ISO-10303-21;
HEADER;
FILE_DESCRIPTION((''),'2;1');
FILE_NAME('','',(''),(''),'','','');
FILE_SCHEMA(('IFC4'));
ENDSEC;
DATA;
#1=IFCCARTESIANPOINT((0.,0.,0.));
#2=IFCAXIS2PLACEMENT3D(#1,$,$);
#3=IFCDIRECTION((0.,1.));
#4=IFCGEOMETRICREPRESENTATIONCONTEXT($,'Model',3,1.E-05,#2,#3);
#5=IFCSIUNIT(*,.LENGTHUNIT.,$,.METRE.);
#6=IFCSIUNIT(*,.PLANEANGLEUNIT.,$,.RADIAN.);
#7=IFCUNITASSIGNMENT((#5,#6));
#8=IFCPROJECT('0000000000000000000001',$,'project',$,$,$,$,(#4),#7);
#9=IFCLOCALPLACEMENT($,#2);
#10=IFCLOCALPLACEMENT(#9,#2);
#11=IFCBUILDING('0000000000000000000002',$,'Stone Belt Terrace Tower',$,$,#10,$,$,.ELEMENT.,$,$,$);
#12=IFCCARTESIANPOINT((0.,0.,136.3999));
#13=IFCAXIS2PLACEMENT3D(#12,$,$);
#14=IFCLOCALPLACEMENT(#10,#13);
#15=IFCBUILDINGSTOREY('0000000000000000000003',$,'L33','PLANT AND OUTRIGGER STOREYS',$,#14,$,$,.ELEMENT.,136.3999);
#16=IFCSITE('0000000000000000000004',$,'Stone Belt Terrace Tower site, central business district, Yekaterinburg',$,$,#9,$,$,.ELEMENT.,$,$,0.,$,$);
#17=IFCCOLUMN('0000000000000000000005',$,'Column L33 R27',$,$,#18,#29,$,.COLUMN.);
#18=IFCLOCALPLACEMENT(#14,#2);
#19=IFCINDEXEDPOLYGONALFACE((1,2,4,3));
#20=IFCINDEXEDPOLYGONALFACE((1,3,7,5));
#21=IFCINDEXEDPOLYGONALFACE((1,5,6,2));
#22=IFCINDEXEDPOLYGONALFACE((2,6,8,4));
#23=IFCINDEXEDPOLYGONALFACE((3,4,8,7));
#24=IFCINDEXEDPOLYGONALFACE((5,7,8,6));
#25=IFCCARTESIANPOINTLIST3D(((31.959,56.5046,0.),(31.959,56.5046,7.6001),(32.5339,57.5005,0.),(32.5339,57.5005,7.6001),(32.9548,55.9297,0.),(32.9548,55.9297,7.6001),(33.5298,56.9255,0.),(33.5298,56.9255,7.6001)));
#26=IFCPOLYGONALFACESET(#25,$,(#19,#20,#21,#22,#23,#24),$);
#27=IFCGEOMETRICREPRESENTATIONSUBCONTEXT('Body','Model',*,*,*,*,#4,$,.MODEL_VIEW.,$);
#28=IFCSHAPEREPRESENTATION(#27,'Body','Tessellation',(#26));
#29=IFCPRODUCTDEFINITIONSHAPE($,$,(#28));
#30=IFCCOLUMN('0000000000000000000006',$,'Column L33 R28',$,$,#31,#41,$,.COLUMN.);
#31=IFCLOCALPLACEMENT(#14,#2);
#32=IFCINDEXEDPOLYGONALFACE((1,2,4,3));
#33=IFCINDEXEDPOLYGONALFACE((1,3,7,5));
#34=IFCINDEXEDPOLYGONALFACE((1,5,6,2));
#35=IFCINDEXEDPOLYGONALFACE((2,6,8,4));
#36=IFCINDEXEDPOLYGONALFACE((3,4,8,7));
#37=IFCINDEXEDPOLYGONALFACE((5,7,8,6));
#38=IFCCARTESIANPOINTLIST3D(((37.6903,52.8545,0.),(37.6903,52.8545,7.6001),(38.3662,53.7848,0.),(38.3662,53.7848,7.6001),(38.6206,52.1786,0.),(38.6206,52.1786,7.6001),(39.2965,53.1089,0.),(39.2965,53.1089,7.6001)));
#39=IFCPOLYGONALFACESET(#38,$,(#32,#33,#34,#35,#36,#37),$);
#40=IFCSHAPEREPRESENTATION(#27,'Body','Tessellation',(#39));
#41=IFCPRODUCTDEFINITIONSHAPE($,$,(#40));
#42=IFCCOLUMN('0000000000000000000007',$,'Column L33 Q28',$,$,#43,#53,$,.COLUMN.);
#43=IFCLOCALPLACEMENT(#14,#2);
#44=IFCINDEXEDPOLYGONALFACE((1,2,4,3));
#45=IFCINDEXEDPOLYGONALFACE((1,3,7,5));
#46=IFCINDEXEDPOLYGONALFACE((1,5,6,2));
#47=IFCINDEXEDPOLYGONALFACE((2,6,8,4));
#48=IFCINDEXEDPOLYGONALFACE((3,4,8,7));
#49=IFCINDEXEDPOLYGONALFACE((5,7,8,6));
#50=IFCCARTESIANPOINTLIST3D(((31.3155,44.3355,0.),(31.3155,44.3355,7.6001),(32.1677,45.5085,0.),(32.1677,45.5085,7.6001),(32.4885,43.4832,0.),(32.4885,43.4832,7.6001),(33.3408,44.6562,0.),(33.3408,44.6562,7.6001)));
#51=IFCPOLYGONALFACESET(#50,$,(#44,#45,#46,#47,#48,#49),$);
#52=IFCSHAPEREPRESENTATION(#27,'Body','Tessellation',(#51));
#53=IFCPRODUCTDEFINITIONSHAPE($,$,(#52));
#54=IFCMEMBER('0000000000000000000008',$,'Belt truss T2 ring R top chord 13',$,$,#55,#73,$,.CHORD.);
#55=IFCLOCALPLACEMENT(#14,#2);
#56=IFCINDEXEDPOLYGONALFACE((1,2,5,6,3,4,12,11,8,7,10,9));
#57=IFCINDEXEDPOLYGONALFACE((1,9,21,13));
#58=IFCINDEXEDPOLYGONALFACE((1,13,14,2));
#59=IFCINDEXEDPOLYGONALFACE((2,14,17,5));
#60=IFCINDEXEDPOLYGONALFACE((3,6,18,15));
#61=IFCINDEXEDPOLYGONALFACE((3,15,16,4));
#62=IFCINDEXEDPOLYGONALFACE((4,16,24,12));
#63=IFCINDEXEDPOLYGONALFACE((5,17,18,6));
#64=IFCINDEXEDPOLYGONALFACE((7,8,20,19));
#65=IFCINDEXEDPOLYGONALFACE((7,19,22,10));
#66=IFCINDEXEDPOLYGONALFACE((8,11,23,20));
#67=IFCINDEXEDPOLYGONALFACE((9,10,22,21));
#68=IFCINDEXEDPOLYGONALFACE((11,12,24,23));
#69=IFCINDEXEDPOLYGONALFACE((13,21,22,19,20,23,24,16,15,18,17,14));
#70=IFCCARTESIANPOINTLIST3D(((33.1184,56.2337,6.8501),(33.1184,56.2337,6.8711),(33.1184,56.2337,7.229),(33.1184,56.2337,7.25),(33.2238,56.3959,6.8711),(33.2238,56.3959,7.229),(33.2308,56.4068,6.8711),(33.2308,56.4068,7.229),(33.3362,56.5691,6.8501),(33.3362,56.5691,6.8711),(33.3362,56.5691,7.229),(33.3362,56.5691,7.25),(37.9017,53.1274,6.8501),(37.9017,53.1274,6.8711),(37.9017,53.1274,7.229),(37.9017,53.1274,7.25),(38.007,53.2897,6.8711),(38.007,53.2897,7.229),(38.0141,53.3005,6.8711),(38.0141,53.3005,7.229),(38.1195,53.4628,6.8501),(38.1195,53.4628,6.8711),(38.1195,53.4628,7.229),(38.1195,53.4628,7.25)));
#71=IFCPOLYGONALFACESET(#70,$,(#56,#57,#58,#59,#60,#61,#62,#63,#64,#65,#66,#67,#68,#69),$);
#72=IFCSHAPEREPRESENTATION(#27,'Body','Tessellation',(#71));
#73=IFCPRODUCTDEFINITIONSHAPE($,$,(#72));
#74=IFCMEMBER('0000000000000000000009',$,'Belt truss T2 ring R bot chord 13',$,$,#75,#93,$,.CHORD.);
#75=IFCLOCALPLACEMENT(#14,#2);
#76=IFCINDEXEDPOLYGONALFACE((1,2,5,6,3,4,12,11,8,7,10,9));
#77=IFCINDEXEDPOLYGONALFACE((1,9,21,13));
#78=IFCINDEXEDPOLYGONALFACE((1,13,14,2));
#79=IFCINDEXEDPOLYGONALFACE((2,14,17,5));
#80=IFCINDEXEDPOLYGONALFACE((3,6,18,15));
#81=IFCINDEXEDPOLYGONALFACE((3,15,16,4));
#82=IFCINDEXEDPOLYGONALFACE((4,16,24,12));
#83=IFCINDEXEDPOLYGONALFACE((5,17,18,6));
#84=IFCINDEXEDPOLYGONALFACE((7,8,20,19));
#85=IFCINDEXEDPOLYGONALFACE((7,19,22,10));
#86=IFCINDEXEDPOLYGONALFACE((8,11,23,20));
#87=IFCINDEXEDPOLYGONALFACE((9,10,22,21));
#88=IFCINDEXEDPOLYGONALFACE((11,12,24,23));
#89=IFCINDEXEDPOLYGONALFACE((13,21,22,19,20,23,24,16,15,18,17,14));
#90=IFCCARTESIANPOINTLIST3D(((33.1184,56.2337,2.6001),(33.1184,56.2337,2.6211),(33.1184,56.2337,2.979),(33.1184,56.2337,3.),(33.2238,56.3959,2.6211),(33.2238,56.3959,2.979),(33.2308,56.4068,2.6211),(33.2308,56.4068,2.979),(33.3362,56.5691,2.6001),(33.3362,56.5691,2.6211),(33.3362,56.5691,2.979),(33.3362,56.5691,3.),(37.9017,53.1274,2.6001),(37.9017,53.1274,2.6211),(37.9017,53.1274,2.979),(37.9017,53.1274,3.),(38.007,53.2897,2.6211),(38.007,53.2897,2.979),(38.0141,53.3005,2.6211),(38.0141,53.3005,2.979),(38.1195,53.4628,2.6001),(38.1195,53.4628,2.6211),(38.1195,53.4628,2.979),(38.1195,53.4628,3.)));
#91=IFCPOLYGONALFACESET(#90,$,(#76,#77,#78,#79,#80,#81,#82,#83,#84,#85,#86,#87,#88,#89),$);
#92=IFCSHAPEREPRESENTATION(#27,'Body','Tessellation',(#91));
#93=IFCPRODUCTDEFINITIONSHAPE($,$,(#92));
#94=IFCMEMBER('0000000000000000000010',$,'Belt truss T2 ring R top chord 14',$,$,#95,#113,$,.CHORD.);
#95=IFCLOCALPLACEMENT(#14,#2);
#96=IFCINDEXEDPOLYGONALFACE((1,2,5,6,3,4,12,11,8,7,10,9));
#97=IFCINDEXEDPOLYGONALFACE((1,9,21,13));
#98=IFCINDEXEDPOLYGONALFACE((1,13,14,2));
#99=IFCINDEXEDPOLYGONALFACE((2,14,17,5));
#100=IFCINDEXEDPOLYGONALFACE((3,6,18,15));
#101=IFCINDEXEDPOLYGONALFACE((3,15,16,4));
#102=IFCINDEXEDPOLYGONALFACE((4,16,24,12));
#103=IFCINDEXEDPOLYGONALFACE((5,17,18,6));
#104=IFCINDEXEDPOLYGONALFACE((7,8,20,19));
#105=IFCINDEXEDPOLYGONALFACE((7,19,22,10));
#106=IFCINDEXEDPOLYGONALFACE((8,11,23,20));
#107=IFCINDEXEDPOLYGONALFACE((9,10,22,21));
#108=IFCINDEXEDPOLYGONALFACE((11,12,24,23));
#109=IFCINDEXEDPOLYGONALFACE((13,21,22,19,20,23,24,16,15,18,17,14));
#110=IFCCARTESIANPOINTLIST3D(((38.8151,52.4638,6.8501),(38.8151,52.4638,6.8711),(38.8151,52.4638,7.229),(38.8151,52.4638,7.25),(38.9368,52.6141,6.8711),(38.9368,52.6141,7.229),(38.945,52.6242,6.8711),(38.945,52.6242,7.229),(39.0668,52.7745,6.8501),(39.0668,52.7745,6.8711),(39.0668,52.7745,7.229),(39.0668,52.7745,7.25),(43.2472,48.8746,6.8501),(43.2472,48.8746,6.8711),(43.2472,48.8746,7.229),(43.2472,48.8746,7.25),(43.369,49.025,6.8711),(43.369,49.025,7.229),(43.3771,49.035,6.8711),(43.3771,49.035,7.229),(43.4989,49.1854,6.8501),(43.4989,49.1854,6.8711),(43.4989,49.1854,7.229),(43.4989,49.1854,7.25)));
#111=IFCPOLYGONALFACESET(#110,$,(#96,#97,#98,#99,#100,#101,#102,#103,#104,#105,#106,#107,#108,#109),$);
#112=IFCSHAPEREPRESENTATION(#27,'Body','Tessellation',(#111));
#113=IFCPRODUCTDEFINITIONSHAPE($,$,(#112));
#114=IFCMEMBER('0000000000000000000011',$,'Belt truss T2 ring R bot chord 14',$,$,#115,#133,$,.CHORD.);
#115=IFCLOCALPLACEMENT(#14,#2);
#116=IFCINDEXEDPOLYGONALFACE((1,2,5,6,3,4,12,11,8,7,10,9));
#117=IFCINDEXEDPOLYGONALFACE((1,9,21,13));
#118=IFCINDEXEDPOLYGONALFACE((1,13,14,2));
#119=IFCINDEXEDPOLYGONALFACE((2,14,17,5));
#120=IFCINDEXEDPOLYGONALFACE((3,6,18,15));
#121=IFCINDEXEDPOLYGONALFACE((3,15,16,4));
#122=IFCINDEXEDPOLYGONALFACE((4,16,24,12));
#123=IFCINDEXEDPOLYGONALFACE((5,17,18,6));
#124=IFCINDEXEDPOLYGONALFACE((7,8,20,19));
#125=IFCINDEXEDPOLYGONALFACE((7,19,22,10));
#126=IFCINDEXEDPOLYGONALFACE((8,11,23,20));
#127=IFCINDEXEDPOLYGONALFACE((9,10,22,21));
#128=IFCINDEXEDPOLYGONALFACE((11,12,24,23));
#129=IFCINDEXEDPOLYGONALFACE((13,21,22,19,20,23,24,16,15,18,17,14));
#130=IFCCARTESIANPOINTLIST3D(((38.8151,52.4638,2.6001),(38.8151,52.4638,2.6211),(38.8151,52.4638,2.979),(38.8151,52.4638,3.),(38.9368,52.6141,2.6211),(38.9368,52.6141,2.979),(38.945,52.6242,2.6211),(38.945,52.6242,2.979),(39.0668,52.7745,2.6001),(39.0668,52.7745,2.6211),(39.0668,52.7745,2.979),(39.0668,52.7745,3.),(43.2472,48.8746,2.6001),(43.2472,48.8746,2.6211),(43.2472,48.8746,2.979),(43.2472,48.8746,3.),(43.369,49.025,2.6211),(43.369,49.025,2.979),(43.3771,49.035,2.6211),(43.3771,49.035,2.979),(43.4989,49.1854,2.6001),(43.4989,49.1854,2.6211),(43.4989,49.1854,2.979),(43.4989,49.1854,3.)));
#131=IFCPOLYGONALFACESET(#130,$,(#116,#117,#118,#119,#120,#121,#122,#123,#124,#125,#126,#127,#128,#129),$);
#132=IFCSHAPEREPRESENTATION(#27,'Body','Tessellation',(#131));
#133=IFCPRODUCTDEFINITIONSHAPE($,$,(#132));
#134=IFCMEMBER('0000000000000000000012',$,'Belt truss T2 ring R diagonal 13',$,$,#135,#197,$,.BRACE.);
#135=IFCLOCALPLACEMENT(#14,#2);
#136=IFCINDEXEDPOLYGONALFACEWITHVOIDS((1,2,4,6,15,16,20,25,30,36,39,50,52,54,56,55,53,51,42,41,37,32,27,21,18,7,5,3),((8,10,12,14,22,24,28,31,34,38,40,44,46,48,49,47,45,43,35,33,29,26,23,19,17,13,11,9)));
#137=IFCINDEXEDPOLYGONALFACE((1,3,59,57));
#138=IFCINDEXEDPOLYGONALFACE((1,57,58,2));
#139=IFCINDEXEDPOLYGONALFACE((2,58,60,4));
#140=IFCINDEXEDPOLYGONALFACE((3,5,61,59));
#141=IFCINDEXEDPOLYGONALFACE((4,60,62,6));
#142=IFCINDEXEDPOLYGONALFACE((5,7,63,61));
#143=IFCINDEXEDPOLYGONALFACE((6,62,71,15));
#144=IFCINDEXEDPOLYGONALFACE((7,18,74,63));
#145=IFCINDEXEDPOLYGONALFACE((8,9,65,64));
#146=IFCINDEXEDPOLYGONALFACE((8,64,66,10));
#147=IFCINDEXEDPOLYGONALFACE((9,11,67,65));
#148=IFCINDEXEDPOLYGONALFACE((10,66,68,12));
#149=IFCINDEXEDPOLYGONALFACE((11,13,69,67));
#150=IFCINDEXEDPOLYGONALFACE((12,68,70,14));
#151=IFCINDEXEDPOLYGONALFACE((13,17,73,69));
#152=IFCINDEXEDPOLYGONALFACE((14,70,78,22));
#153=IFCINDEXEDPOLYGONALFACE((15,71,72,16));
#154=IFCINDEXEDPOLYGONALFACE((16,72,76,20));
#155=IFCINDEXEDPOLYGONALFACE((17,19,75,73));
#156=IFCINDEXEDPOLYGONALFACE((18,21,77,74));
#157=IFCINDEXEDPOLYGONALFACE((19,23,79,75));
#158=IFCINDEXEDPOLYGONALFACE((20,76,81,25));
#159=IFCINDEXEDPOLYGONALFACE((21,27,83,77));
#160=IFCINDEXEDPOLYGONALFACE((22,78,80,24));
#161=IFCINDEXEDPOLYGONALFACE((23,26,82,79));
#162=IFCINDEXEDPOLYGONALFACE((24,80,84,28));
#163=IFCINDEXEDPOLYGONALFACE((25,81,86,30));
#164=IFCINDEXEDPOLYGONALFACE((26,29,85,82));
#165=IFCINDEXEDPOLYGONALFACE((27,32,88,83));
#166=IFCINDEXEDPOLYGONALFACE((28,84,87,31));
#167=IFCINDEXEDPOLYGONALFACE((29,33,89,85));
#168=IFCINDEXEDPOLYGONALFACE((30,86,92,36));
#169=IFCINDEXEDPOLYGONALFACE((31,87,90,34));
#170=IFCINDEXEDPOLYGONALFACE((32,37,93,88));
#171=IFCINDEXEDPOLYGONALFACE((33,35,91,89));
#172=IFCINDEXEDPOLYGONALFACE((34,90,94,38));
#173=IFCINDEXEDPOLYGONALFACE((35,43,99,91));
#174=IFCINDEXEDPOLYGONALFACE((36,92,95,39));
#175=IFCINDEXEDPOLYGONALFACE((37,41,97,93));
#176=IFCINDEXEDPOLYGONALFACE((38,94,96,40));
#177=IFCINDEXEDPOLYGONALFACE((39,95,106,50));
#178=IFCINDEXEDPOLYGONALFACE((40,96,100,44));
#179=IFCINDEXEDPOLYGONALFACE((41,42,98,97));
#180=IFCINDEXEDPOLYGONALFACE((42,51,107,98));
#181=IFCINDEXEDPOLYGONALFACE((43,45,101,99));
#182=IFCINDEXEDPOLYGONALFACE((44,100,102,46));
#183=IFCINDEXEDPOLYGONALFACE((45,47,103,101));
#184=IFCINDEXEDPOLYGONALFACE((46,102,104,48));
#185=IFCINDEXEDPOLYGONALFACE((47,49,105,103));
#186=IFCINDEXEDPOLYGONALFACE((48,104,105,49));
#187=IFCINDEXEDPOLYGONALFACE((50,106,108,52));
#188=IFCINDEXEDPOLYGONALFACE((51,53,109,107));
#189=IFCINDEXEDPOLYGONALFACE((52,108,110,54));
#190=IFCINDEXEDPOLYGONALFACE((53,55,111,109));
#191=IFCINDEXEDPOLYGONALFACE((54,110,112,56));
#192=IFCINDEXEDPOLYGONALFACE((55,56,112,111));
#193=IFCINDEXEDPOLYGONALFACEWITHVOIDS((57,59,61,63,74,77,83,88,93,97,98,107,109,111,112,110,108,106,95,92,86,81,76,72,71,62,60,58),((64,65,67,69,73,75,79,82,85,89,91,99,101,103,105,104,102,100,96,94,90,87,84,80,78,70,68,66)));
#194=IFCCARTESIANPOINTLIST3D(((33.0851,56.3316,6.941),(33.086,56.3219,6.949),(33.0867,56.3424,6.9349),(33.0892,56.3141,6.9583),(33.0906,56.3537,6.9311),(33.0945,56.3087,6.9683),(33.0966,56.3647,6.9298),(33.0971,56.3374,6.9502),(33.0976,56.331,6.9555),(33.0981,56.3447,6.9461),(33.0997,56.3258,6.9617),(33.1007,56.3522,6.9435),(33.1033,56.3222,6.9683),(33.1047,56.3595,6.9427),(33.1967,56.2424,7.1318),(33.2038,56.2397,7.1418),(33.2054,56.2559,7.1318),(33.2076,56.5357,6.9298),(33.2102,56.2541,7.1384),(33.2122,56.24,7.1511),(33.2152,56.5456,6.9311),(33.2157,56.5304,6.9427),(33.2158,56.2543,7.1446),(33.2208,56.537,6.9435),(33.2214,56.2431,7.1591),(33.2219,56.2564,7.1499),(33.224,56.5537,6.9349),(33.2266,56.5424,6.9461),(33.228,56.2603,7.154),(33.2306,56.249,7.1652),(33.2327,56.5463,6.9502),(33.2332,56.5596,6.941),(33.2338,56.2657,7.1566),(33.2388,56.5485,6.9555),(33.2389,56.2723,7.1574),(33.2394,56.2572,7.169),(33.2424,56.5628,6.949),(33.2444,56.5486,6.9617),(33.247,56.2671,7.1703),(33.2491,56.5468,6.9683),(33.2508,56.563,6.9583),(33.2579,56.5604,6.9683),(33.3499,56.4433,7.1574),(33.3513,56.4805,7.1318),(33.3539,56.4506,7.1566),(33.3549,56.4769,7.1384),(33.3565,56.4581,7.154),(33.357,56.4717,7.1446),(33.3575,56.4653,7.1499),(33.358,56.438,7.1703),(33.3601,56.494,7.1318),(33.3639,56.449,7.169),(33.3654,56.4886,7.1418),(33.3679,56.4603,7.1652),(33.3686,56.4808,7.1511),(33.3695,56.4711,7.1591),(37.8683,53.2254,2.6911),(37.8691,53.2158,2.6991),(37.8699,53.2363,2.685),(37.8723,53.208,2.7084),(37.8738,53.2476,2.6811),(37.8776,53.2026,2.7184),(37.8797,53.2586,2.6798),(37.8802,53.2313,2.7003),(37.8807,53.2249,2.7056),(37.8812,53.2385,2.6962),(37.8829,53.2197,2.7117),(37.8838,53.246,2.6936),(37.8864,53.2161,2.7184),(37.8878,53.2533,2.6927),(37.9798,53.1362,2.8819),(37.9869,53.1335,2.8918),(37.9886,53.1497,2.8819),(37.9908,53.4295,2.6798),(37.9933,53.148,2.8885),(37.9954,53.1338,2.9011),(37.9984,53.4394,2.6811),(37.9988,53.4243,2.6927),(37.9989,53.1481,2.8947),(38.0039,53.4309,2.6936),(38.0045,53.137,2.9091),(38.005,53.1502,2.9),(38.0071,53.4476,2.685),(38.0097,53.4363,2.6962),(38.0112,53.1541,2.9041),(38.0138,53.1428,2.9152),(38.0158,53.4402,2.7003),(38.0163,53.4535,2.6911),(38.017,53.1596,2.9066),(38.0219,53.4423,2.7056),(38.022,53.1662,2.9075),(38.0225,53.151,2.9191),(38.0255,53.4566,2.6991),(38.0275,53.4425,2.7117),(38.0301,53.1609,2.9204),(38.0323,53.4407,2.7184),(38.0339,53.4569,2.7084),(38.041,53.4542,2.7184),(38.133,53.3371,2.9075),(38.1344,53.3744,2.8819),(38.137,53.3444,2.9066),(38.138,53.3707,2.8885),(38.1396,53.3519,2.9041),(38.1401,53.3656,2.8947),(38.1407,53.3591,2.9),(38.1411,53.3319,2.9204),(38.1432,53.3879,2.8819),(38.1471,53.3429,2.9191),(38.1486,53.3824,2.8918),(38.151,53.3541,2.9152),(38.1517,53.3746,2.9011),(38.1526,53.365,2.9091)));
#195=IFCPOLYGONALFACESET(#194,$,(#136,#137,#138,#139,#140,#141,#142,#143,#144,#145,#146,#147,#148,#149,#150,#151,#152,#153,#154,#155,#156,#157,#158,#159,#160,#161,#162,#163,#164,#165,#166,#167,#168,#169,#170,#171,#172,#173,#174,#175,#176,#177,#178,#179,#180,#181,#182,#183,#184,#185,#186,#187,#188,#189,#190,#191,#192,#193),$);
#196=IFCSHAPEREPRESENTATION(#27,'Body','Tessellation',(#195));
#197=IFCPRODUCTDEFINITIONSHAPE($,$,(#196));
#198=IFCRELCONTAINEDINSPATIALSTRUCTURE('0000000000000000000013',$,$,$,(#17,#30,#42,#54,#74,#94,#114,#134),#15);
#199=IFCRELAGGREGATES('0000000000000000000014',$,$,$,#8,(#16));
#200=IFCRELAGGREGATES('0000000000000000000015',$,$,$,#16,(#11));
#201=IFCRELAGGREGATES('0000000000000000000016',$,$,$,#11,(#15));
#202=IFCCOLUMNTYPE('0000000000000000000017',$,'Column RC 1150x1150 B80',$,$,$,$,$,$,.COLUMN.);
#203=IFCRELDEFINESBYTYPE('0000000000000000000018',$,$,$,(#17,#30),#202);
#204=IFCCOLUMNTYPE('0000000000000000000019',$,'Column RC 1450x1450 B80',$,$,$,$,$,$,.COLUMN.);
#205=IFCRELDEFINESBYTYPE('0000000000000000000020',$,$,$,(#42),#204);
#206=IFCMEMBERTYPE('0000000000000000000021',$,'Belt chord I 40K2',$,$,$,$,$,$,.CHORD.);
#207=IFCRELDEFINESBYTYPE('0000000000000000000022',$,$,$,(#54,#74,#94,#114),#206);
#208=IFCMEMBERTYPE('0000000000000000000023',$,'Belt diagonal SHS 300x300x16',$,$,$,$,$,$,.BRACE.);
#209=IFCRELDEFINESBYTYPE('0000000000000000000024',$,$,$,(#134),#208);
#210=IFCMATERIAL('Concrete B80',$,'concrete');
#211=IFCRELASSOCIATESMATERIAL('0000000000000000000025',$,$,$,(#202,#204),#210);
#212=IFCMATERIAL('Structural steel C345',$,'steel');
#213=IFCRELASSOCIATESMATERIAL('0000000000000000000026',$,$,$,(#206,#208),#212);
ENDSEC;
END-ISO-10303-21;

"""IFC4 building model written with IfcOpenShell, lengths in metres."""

from ifc_helpers import new_model, si_unit, direction, frame, origin, origin_2d, place, context, subcontext, project, spatial, rectangle, hollow_rectangle, i_section, extrude, material, material_profile, profile_set, type_object, element, save


model = new_model("IFC4")

# Units and contexts
model_context = context("Model", 3, precision=1e-05, world=origin(), true_north=direction((0.0, 1.0)))
body_context = subcontext(model_context, "Body", "Model", "MODEL_VIEW")
ifc_project = project(units=[si_unit("LENGTHUNIT", "METRE"), si_unit("PLANEANGLEUNIT", "RADIAN")], contexts=[model_context])

# Site, building, storey
site_placement = place(None, origin())
site = spatial("IfcSite", under=ifc_project, at=site_placement, Name="Stone Belt Terrace Tower site, central business district, Yekaterinburg", CompositionType="ELEMENT", RefElevation=0.0)
building_placement = place(site_placement, origin())
building = spatial("IfcBuilding", under=site, at=building_placement, Name="Stone Belt Terrace Tower", CompositionType="ELEMENT")
storey_placement = place(building_placement, frame((0.0, 0.0, 136.3999)))
storey = spatial("IfcBuildingStorey", under=building, at=storey_placement, Name="L33", Description="PLANT AND OUTRIGGER STOREYS", CompositionType="ELEMENT", Elevation=136.3999)

# Columns
ifc_material_1 = material(Name="Concrete B80", Category="concrete")
ifc_material_profile_1 = material_profile(ifc_material_1, rectangle(XDim=1.1499, YDim=1.1499, at=origin_2d()), Name="RC 1150x1150")
ifc_profile_set_1 = profile_set([ifc_material_profile_1], Name="Concrete B80")
column_type_1 = type_object("IfcColumnType", Name="Column RC 1150x1150 B80", PredefinedType="COLUMN", material=ifc_profile_set_1)
for number, where, z_axis, x_axis, name in (
    (1, (32.7444, 56.7151, 0.0), (0.0, 0.0, 1.0), (0.866025, -0.5, 0.0), "Column L33 R27"),
    (2, (38.4934, 52.9817, 0.0), (0.0, 0.0, 1.0), (0.809017, -0.587785, 0.0), "Column L33 R28"),
):
    element("IfcColumn", number, at=place(storey_placement, frame(where, z_axis=z_axis, x_axis=x_axis)), inside=storey, type_object=column_type_1, Name=name, PredefinedType="COLUMN", context=body_context, shape_type="SweptSolid", body=[
        extrude(rectangle(XDim=1.1499, YDim=1.1499, at=origin_2d()), origin(), (0.0, 0.0, 1.0), 7.6001),
    ])
ifc_material_profile_2 = material_profile(ifc_material_1, rectangle(XDim=1.45, YDim=1.45, at=origin_2d()), Name="RC 1450x1450")
ifc_profile_set_2 = profile_set([ifc_material_profile_2], Name="Concrete B80")
column_type_2 = type_object("IfcColumnType", Name="Column RC 1450x1450 B80", PredefinedType="COLUMN", material=ifc_profile_set_2)
column_placement = place(storey_placement, frame((32.3281, 44.4958, 0.0), z_axis=(0.0, 0.0, 1.0), x_axis=(0.809017, -0.587785, 0.0)))
element("IfcColumn", 3, at=column_placement, inside=storey, type_object=column_type_2, Name="Column L33 Q28", PredefinedType="COLUMN", context=body_context, shape_type="SweptSolid", body=[
    extrude(rectangle(XDim=1.45, YDim=1.45, at=origin_2d()), origin(), (0.0, 0.0, 1.0), 7.6001),
])

# Members
ifc_material_2 = material(Name="Structural steel C345", Category="steel")
ifc_material_profile_3 = material_profile(ifc_material_2, i_section(OverallWidth=0.3999, OverallDepth=0.3999, WebThickness=0.0129, FlangeThickness=0.021, at=origin_2d()), Name="I 40K2")
ifc_profile_set_3 = profile_set([ifc_material_profile_3], Name="Structural steel C345")
member_type_1 = type_object("IfcMemberType", Name="Belt chord I 40K2", PredefinedType="CHORD", material=ifc_profile_set_3)
for number, where, z_axis, x_axis, name in (
    (4, (33.2273, 56.4014, 7.05), (0.838674, -0.544633, 0.0), (0.544633, 0.838674, 0.0), "Belt truss T2 ring R top chord 13"),
    (5, (33.2273, 56.4014, 2.8), (0.838674, -0.544633, 0.0), (0.544633, 0.838674, 0.0), "Belt truss T2 ring R bot chord 13"),
):
    element("IfcMember", number, at=place(storey_placement, frame(where, z_axis=z_axis, x_axis=x_axis)), inside=storey, type_object=member_type_1, Name=name, PredefinedType="CHORD", context=body_context, shape_type="SweptSolid", body=[
        extrude(i_section(OverallWidth=0.3999, OverallDepth=0.3999, WebThickness=0.0129, FlangeThickness=0.021, at=origin_2d()), origin(), (0.0, 0.0, 1.0), 5.7034),
    ])
for number, where, z_axis, x_axis, name in (
    (6, (38.9409, 52.6191, 7.05), (0.777142, -0.629325, 0.0), (0.629325, 0.777142, 0.0), "Belt truss T2 ring R top chord 14"),
    (7, (38.9409, 52.6191, 2.8), (0.777142, -0.629325, 0.0), (0.629325, 0.777142, 0.0), "Belt truss T2 ring R bot chord 14"),
):
    element("IfcMember", number, at=place(storey_placement, frame(where, z_axis=z_axis, x_axis=x_axis)), inside=storey, type_object=member_type_1, Name=name, PredefinedType="CHORD", context=body_context, shape_type="SweptSolid", body=[
        extrude(i_section(OverallWidth=0.3999, OverallDepth=0.3999, WebThickness=0.0129, FlangeThickness=0.021, at=origin_2d()), origin(), (0.0, 0.0, 1.0), 5.7031),
    ])
ifc_material_profile_4 = material_profile(ifc_material_2, hollow_rectangle(XDim=0.3, YDim=0.3, WallThickness=0.0161, InnerFilletRadius=0.032, OuterFilletRadius=0.0481, at=origin_2d()), Name="SHS 300x300x16")
ifc_profile_set_4 = profile_set([ifc_material_profile_4], Name="Structural steel C345")
member_type_2 = type_object("IfcMemberType", Name="Belt diagonal SHS 300x300x16", PredefinedType="BRACE", material=ifc_profile_set_4)
for number, where, z_axis, x_axis, name in (
    (8, (33.2273, 56.4014, 7.05), (0.672491, -0.436714, -0.597526), (0.544633, 0.838674, 0.0), "Belt truss T2 ring R diagonal 13"),
):
    element("IfcMember", number, at=place(storey_placement, frame(where, z_axis=z_axis, x_axis=x_axis)), inside=storey, type_object=member_type_2, Name=name, PredefinedType="BRACE", context=body_context, shape_type="SweptSolid", body=[
        extrude(hollow_rectangle(XDim=0.3, YDim=0.3, WallThickness=0.0161, InnerFilletRadius=0.032, OuterFilletRadius=0.0481, at=origin_2d()), origin(), (0.0, 0.0, 1.0), 7.1125),
    ])

save(model, "model.ifc")
